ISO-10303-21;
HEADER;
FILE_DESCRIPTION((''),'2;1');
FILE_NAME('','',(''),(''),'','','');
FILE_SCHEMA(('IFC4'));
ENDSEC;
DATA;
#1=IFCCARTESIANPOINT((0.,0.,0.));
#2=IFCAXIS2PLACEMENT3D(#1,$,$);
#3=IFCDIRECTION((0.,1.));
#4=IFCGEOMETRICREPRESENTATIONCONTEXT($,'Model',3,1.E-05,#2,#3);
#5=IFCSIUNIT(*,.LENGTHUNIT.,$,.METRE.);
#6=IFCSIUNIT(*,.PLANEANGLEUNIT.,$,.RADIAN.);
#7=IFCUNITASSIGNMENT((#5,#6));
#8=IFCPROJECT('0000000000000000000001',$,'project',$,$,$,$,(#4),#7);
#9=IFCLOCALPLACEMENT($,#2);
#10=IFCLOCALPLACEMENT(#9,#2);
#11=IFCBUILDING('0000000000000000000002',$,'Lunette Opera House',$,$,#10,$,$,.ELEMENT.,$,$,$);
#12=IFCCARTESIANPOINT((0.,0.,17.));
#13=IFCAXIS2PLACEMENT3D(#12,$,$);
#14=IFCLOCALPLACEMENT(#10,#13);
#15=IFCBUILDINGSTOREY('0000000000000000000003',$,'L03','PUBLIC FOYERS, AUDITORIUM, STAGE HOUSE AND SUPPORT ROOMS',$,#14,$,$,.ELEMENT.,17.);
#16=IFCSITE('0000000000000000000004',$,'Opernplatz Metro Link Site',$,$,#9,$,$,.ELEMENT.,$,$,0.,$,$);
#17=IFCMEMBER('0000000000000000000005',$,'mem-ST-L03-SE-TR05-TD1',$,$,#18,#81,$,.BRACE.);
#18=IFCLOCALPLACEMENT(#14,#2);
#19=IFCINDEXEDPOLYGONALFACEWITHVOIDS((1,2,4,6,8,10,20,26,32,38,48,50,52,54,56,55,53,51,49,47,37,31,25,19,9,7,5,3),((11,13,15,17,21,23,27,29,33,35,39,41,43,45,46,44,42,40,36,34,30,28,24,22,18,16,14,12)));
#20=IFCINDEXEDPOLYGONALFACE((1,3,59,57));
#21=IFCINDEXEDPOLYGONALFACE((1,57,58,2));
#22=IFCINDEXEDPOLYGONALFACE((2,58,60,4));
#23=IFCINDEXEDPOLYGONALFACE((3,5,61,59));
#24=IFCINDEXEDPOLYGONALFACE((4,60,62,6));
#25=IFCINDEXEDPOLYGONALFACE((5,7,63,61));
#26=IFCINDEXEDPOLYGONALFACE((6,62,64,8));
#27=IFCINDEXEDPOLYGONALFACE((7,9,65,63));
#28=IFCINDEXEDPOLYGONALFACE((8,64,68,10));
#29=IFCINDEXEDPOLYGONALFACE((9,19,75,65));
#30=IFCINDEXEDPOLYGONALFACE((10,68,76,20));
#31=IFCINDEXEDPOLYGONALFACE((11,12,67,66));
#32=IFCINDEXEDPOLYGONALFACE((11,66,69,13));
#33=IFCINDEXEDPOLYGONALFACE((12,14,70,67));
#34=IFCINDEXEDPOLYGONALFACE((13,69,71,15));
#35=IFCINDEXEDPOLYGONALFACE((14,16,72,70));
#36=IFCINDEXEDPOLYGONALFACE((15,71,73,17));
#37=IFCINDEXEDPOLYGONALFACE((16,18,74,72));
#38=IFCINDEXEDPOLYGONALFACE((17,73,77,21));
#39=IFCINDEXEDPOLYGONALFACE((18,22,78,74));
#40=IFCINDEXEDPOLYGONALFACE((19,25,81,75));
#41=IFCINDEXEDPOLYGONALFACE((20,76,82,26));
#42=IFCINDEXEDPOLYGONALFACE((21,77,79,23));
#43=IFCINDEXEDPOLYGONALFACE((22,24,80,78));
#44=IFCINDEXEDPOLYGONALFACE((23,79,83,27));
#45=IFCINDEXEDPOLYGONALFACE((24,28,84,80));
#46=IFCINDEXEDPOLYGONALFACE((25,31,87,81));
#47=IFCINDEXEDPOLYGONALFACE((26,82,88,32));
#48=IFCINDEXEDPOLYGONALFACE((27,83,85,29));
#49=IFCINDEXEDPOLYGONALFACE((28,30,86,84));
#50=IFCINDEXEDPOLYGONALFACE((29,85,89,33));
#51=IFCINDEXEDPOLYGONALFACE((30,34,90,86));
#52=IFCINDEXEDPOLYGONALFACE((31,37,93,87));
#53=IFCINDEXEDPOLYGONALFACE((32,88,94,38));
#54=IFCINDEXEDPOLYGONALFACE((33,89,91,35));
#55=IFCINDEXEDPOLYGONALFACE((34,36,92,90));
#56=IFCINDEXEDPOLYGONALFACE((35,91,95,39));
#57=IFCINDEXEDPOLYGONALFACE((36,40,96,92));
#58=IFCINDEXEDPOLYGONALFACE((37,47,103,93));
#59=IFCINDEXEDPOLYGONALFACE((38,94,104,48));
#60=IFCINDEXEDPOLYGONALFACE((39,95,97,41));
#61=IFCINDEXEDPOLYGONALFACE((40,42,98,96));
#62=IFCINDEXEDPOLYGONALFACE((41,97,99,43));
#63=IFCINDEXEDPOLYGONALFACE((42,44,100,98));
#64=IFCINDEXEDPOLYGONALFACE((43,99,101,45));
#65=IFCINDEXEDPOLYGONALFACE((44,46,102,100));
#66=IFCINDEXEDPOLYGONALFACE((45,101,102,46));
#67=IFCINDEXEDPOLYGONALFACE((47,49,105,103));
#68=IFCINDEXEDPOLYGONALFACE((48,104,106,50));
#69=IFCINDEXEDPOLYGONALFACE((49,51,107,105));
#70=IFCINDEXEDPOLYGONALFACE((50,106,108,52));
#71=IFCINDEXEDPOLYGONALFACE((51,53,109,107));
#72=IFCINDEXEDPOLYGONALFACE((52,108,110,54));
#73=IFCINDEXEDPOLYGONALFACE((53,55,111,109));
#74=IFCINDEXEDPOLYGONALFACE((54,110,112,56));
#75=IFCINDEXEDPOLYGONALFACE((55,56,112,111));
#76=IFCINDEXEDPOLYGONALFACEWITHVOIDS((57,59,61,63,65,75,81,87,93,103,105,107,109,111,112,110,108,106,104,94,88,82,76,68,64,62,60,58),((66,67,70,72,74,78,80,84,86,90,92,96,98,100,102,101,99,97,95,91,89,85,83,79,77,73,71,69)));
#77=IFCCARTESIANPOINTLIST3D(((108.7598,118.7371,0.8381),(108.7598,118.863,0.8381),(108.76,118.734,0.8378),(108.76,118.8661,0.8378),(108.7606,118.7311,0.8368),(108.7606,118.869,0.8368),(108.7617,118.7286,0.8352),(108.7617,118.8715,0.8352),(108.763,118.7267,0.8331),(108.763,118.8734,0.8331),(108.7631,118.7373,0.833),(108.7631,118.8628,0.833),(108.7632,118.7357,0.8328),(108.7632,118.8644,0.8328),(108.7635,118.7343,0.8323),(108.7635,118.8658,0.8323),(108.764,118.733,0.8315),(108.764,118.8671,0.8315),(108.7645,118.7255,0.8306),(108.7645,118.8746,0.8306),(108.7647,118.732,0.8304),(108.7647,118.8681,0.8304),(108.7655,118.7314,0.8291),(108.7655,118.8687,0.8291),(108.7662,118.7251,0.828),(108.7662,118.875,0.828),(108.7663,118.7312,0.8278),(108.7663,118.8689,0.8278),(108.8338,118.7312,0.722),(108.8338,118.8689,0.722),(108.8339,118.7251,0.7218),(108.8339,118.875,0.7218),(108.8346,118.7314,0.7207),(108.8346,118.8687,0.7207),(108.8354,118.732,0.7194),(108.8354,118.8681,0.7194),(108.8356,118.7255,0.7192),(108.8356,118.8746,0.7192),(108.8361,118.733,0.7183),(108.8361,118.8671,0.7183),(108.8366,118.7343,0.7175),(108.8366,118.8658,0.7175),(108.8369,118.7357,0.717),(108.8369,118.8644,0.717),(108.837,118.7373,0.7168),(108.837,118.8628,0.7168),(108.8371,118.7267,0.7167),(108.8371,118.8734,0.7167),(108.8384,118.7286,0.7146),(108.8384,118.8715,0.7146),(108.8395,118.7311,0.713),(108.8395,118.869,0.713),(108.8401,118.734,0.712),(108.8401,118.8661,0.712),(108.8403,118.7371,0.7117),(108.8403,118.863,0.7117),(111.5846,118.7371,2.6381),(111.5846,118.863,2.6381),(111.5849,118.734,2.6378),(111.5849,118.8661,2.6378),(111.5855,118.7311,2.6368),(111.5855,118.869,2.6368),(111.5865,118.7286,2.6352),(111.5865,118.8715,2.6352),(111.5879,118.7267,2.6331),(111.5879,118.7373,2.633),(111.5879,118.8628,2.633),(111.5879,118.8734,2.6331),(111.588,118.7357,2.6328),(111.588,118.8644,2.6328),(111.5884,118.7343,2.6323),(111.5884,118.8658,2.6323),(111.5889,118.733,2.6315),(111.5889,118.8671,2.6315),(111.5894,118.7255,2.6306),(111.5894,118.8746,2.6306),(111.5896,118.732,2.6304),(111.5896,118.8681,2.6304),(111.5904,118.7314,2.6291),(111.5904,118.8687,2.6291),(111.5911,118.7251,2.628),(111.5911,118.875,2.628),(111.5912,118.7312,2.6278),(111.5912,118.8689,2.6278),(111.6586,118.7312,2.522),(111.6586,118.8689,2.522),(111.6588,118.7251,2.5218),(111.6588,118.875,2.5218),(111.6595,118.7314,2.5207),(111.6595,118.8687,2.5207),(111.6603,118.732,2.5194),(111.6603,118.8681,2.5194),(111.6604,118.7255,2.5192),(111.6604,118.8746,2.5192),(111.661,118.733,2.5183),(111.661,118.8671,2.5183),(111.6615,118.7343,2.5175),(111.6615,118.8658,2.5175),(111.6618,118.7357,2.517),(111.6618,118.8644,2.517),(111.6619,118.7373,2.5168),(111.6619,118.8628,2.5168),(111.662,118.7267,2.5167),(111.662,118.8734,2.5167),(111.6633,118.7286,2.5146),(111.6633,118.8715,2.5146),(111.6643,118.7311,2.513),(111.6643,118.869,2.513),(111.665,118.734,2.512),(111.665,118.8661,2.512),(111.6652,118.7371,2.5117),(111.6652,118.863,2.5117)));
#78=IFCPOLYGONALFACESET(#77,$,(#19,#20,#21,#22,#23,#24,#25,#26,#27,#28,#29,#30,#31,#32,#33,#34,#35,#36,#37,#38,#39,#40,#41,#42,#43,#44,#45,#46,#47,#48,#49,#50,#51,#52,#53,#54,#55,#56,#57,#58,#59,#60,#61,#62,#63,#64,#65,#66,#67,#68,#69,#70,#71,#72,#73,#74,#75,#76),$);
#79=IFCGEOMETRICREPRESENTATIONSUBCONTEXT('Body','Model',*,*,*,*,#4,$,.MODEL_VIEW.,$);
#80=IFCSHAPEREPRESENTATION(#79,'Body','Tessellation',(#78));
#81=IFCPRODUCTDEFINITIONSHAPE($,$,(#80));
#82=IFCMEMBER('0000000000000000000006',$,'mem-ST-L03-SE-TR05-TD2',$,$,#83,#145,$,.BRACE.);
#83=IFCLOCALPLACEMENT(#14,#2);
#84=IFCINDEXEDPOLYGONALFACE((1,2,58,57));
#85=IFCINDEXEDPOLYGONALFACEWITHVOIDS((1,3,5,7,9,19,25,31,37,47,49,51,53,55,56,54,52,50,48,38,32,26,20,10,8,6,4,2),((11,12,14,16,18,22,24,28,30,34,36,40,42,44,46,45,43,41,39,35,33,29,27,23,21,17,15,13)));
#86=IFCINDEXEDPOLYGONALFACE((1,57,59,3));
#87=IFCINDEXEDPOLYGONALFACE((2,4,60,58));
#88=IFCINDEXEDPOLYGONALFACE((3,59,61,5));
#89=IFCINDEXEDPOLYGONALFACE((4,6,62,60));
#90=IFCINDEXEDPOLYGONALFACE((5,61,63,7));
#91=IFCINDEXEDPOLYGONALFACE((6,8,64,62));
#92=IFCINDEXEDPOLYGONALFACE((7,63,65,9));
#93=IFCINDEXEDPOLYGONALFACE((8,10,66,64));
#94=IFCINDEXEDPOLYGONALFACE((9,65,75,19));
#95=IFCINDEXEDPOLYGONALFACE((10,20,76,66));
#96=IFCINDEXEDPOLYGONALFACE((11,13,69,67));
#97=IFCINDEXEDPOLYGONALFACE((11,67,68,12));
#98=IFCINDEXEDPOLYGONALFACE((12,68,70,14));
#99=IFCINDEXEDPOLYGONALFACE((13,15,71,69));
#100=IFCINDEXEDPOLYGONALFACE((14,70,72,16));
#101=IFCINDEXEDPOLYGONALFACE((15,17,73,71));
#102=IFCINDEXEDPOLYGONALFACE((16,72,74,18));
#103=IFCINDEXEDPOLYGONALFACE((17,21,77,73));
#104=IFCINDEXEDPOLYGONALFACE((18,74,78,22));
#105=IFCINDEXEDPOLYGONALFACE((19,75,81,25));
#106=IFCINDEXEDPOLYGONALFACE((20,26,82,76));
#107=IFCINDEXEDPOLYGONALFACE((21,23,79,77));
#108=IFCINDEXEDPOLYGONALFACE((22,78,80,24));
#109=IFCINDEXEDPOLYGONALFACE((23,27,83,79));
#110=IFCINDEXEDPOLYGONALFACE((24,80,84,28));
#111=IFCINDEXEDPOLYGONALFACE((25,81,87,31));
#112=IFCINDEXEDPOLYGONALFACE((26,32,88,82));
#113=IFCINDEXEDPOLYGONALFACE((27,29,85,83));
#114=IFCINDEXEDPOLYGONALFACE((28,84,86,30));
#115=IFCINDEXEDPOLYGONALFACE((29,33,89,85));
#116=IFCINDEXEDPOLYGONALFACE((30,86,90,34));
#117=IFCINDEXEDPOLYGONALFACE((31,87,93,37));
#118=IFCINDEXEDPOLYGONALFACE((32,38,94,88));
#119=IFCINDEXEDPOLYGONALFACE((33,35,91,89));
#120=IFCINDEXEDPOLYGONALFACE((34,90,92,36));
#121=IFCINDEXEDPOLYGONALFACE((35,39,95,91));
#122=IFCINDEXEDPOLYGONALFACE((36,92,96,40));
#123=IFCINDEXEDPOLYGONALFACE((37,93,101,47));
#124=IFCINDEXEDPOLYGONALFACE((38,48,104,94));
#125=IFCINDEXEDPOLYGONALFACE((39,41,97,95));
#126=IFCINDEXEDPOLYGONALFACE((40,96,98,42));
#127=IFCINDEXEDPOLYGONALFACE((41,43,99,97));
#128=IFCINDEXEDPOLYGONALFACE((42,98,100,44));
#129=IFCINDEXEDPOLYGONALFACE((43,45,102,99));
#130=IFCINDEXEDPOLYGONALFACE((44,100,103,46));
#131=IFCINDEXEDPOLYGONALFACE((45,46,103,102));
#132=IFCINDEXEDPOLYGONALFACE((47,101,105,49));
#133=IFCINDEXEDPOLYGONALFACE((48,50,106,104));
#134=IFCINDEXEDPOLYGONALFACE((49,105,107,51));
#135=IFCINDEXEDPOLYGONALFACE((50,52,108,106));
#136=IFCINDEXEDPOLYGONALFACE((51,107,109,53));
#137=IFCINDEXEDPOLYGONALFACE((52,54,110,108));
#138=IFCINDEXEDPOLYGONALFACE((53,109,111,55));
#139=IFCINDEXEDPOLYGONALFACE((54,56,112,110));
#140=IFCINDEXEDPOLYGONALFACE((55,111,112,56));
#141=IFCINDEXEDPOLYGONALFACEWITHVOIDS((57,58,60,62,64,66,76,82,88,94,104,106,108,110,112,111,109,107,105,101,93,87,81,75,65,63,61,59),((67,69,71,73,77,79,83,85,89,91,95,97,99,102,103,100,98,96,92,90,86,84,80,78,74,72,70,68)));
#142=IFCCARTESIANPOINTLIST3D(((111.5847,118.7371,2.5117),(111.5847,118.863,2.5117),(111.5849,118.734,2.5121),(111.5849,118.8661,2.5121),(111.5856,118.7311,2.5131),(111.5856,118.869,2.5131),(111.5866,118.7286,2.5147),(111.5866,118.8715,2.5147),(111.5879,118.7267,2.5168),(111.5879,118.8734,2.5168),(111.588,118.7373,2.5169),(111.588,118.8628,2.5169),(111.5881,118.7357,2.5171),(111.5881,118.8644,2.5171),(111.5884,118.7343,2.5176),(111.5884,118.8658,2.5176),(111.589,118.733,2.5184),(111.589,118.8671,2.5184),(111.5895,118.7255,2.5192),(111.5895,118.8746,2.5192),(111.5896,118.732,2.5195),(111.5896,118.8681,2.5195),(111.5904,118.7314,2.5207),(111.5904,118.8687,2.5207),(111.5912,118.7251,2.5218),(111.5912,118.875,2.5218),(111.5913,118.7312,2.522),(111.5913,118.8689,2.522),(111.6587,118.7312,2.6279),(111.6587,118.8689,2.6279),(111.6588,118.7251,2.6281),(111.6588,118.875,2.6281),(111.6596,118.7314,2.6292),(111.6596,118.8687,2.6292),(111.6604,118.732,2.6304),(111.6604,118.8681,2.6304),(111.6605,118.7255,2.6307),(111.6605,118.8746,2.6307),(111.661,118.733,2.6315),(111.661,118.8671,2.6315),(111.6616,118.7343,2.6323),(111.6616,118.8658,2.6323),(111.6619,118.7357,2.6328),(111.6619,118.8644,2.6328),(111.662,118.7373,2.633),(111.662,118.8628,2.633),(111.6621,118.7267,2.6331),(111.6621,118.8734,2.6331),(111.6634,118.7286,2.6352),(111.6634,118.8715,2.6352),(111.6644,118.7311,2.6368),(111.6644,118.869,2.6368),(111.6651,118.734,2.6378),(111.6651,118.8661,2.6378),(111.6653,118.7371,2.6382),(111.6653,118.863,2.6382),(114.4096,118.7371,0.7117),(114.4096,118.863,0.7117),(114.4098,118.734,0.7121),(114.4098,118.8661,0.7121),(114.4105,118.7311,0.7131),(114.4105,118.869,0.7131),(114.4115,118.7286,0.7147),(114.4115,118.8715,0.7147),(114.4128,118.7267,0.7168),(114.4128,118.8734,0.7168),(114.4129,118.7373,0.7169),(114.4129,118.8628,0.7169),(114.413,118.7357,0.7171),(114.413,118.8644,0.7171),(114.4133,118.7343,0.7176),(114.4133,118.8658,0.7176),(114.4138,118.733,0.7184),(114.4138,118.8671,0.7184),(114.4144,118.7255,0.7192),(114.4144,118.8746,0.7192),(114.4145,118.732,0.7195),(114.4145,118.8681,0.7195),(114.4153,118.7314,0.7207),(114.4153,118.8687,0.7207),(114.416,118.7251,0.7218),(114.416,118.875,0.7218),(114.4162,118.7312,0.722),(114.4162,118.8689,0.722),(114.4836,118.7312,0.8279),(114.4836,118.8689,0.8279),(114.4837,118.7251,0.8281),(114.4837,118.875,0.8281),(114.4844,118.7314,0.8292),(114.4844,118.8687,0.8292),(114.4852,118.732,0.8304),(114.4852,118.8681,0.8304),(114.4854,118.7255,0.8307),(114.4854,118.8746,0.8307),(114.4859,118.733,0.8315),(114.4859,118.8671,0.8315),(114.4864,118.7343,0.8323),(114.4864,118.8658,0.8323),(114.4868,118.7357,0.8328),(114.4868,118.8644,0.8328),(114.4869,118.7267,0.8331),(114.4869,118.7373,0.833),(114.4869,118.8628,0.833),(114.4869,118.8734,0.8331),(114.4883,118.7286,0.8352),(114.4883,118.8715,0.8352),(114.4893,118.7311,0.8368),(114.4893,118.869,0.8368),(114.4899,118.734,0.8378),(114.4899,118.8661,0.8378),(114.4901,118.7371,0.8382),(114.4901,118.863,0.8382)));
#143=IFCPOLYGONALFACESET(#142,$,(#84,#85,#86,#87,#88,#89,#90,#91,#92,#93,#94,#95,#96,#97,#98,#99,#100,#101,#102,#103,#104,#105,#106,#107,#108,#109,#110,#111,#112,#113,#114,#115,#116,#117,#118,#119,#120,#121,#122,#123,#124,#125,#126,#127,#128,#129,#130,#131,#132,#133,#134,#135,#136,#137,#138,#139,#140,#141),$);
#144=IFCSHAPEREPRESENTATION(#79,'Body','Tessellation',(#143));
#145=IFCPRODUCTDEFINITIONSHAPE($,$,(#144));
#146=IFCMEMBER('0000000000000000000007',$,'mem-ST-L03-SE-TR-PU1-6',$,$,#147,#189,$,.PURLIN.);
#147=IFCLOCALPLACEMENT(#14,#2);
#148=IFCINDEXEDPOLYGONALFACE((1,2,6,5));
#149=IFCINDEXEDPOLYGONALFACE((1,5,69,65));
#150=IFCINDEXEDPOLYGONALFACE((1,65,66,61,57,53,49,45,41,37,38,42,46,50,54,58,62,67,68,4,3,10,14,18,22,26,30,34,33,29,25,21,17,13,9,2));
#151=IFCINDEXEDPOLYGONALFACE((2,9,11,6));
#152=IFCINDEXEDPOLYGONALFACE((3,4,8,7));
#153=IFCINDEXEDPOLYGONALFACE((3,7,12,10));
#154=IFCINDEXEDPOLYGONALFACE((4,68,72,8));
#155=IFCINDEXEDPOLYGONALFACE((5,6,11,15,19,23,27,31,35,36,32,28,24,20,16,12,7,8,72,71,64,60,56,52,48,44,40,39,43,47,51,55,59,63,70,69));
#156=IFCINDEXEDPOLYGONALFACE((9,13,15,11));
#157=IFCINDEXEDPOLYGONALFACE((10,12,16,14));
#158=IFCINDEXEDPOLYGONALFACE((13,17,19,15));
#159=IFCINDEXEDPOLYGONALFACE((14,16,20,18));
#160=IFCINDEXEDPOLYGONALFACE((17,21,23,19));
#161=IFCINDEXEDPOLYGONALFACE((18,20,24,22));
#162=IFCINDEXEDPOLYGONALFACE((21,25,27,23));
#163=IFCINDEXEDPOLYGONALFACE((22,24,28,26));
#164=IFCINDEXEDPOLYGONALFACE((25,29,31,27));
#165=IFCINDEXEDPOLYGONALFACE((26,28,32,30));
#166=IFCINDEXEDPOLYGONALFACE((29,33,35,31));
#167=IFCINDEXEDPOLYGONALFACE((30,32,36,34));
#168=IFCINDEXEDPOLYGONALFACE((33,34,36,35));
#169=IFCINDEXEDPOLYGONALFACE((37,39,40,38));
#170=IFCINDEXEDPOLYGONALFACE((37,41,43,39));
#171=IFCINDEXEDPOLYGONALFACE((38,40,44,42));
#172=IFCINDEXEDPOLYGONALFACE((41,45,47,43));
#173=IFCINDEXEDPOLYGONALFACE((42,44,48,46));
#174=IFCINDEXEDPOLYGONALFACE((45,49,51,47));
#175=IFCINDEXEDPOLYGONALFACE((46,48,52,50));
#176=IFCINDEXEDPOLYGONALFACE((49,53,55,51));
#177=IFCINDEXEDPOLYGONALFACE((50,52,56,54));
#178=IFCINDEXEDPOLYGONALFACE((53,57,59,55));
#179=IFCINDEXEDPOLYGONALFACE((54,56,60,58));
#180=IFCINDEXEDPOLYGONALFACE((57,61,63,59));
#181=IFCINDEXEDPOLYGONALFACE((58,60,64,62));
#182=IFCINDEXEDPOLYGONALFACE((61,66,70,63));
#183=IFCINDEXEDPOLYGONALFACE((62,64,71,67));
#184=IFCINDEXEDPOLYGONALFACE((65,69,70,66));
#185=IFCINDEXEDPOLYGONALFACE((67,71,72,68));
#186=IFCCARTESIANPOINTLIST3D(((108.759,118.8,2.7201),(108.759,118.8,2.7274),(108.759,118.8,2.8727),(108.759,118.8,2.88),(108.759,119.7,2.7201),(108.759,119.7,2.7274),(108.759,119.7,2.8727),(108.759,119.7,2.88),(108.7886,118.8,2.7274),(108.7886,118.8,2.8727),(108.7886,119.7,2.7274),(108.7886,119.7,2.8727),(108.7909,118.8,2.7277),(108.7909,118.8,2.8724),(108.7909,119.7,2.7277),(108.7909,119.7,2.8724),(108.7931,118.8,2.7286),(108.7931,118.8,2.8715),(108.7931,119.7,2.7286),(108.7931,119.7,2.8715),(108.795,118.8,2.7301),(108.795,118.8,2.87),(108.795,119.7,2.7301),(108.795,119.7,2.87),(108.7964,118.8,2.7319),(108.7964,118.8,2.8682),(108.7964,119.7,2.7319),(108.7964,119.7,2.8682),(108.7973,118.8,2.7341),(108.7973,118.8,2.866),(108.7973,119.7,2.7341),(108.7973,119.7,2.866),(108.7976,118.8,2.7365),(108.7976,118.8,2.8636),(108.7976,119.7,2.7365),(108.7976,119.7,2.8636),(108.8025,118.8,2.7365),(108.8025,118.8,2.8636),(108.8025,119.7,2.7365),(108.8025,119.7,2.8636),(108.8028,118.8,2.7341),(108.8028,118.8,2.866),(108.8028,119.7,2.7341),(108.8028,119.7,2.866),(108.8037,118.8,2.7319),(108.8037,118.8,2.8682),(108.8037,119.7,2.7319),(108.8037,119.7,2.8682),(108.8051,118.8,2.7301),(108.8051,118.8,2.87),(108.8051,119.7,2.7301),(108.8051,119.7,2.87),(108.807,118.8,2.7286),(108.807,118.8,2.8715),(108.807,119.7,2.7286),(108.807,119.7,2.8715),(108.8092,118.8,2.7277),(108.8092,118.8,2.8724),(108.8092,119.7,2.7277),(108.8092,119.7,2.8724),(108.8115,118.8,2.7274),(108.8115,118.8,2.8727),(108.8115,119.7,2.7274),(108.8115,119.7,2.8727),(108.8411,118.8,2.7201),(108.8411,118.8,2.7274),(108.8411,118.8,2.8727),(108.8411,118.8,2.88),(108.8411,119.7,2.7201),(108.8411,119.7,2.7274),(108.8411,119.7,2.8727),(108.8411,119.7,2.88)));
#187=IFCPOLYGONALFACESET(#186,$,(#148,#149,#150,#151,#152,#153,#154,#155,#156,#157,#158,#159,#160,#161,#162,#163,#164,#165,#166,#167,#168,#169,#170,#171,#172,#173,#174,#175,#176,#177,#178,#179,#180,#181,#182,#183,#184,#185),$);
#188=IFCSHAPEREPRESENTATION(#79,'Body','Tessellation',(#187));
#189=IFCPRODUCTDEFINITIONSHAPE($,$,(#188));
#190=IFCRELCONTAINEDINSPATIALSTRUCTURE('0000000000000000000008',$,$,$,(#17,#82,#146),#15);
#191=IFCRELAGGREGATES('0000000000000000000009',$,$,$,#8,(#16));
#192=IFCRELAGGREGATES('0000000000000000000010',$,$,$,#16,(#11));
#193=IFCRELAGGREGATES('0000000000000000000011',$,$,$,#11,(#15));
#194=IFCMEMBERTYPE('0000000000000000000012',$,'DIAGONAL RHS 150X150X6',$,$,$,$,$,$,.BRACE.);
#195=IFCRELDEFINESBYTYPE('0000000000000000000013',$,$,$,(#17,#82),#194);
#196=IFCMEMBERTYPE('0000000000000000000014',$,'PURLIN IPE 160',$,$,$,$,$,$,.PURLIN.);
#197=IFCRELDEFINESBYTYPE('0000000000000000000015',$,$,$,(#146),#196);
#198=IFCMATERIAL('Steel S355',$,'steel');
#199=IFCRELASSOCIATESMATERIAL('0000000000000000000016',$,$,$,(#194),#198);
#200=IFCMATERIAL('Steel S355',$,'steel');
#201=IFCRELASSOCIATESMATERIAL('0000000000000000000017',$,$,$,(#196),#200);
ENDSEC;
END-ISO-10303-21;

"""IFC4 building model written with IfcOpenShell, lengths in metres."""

from ifc_helpers import new_model, si_unit, direction, frame, origin, origin_2d, place, context, subcontext, project, spatial, hollow_rectangle, i_section, extrude, material, material_profile, profile_set, type_object, element, save


model = new_model("IFC4")

# Units and contexts
model_context = context("Model", 3, precision=1e-05, world=origin(), true_north=direction((0.0, 1.0)))
body_context = subcontext(model_context, "Body", "Model", "MODEL_VIEW")
ifc_project = project(units=[si_unit("LENGTHUNIT", "METRE"), si_unit("PLANEANGLEUNIT", "RADIAN")], contexts=[model_context])

# Site, building, storey
site_placement = place(None, origin())
site = spatial("IfcSite", under=ifc_project, at=site_placement, Name="Opernplatz Metro Link Site", CompositionType="ELEMENT", RefElevation=0.0)
building_placement = place(site_placement, origin())
building = spatial("IfcBuilding", under=site, at=building_placement, Name="Lunette Opera House", CompositionType="ELEMENT")
storey_placement = place(building_placement, frame((0.0, 0.0, 17.0)))
storey = spatial("IfcBuildingStorey", under=building, at=storey_placement, Name="L03", Description="PUBLIC FOYERS, AUDITORIUM, STAGE HOUSE AND SUPPORT ROOMS", CompositionType="ELEMENT", Elevation=17.0)

# Members
ifc_material_1 = material(Name="Steel S355", Category="steel")
ifc_material_profile_1 = material_profile(ifc_material_1, hollow_rectangle(XDim=0.1499, YDim=0.1499, WallThickness=0.0061, InnerFilletRadius=0.0061, OuterFilletRadius=0.012, at=origin_2d()), Name="RHS 150X150X6")
ifc_profile_set_1 = profile_set([ifc_material_profile_1], Name="Steel S355")
member_type_1 = type_object("IfcMemberType", Name="DIAGONAL RHS 150X150X6", PredefinedType="BRACE", material=ifc_profile_set_1)
for number, where, z_axis, x_axis, name in (
    (1, (108.8, 118.8, 0.7749), (0.843343, 0.0, 0.537375), (0.0, 1.0, 0.0), "mem-ST-L03-SE-TR05-TD1"),
    (2, (111.625, 118.8, 2.575), (0.843343, 0.0, -0.537375), (0.0, 1.0, 0.0), "mem-ST-L03-SE-TR05-TD2"),
):
    element("IfcMember", number, at=place(storey_placement, frame(where, z_axis=z_axis, x_axis=x_axis)), inside=storey, type_object=member_type_1, Name=name, PredefinedType="BRACE", context=body_context, shape_type="SweptSolid", body=[
        extrude(hollow_rectangle(XDim=0.1499, YDim=0.1499, WallThickness=0.0061, InnerFilletRadius=0.0061, OuterFilletRadius=0.012, at=origin_2d()), origin(), (0.0, 0.0, 1.0), 3.3496),
    ])
ifc_material_2 = material(Name="Steel S355", Category="steel")
ifc_material_profile_2 = material_profile(ifc_material_2, i_section(OverallWidth=0.082, OverallDepth=0.1599, WebThickness=0.0049, FlangeThickness=0.0073, FilletRadius=0.009, at=origin_2d()), Name="IPE 160")
ifc_profile_set_2 = profile_set([ifc_material_profile_2], Name="Steel S355")
member_type_2 = type_object("IfcMemberType", Name="PURLIN IPE 160", PredefinedType="PURLIN", material=ifc_profile_set_2)
for number, where, z_axis, x_axis, name in (
    (3, (108.8, 118.8, 2.8), (0.0, 1.0, 0.0), (-1.0, 0.0, 0.0), "mem-ST-L03-SE-TR-PU1-6"),
):
    element("IfcMember", number, at=place(storey_placement, frame(where, z_axis=z_axis, x_axis=x_axis)), inside=storey, type_object=member_type_2, Name=name, PredefinedType="PURLIN", context=body_context, shape_type="SweptSolid", body=[
        extrude(i_section(OverallWidth=0.082, OverallDepth=0.1599, WebThickness=0.0049, FlangeThickness=0.0073, FilletRadius=0.009, at=origin_2d()), origin(), (0.0, 0.0, 1.0), 0.8999),
    ])

save(model, "model.ifc")
